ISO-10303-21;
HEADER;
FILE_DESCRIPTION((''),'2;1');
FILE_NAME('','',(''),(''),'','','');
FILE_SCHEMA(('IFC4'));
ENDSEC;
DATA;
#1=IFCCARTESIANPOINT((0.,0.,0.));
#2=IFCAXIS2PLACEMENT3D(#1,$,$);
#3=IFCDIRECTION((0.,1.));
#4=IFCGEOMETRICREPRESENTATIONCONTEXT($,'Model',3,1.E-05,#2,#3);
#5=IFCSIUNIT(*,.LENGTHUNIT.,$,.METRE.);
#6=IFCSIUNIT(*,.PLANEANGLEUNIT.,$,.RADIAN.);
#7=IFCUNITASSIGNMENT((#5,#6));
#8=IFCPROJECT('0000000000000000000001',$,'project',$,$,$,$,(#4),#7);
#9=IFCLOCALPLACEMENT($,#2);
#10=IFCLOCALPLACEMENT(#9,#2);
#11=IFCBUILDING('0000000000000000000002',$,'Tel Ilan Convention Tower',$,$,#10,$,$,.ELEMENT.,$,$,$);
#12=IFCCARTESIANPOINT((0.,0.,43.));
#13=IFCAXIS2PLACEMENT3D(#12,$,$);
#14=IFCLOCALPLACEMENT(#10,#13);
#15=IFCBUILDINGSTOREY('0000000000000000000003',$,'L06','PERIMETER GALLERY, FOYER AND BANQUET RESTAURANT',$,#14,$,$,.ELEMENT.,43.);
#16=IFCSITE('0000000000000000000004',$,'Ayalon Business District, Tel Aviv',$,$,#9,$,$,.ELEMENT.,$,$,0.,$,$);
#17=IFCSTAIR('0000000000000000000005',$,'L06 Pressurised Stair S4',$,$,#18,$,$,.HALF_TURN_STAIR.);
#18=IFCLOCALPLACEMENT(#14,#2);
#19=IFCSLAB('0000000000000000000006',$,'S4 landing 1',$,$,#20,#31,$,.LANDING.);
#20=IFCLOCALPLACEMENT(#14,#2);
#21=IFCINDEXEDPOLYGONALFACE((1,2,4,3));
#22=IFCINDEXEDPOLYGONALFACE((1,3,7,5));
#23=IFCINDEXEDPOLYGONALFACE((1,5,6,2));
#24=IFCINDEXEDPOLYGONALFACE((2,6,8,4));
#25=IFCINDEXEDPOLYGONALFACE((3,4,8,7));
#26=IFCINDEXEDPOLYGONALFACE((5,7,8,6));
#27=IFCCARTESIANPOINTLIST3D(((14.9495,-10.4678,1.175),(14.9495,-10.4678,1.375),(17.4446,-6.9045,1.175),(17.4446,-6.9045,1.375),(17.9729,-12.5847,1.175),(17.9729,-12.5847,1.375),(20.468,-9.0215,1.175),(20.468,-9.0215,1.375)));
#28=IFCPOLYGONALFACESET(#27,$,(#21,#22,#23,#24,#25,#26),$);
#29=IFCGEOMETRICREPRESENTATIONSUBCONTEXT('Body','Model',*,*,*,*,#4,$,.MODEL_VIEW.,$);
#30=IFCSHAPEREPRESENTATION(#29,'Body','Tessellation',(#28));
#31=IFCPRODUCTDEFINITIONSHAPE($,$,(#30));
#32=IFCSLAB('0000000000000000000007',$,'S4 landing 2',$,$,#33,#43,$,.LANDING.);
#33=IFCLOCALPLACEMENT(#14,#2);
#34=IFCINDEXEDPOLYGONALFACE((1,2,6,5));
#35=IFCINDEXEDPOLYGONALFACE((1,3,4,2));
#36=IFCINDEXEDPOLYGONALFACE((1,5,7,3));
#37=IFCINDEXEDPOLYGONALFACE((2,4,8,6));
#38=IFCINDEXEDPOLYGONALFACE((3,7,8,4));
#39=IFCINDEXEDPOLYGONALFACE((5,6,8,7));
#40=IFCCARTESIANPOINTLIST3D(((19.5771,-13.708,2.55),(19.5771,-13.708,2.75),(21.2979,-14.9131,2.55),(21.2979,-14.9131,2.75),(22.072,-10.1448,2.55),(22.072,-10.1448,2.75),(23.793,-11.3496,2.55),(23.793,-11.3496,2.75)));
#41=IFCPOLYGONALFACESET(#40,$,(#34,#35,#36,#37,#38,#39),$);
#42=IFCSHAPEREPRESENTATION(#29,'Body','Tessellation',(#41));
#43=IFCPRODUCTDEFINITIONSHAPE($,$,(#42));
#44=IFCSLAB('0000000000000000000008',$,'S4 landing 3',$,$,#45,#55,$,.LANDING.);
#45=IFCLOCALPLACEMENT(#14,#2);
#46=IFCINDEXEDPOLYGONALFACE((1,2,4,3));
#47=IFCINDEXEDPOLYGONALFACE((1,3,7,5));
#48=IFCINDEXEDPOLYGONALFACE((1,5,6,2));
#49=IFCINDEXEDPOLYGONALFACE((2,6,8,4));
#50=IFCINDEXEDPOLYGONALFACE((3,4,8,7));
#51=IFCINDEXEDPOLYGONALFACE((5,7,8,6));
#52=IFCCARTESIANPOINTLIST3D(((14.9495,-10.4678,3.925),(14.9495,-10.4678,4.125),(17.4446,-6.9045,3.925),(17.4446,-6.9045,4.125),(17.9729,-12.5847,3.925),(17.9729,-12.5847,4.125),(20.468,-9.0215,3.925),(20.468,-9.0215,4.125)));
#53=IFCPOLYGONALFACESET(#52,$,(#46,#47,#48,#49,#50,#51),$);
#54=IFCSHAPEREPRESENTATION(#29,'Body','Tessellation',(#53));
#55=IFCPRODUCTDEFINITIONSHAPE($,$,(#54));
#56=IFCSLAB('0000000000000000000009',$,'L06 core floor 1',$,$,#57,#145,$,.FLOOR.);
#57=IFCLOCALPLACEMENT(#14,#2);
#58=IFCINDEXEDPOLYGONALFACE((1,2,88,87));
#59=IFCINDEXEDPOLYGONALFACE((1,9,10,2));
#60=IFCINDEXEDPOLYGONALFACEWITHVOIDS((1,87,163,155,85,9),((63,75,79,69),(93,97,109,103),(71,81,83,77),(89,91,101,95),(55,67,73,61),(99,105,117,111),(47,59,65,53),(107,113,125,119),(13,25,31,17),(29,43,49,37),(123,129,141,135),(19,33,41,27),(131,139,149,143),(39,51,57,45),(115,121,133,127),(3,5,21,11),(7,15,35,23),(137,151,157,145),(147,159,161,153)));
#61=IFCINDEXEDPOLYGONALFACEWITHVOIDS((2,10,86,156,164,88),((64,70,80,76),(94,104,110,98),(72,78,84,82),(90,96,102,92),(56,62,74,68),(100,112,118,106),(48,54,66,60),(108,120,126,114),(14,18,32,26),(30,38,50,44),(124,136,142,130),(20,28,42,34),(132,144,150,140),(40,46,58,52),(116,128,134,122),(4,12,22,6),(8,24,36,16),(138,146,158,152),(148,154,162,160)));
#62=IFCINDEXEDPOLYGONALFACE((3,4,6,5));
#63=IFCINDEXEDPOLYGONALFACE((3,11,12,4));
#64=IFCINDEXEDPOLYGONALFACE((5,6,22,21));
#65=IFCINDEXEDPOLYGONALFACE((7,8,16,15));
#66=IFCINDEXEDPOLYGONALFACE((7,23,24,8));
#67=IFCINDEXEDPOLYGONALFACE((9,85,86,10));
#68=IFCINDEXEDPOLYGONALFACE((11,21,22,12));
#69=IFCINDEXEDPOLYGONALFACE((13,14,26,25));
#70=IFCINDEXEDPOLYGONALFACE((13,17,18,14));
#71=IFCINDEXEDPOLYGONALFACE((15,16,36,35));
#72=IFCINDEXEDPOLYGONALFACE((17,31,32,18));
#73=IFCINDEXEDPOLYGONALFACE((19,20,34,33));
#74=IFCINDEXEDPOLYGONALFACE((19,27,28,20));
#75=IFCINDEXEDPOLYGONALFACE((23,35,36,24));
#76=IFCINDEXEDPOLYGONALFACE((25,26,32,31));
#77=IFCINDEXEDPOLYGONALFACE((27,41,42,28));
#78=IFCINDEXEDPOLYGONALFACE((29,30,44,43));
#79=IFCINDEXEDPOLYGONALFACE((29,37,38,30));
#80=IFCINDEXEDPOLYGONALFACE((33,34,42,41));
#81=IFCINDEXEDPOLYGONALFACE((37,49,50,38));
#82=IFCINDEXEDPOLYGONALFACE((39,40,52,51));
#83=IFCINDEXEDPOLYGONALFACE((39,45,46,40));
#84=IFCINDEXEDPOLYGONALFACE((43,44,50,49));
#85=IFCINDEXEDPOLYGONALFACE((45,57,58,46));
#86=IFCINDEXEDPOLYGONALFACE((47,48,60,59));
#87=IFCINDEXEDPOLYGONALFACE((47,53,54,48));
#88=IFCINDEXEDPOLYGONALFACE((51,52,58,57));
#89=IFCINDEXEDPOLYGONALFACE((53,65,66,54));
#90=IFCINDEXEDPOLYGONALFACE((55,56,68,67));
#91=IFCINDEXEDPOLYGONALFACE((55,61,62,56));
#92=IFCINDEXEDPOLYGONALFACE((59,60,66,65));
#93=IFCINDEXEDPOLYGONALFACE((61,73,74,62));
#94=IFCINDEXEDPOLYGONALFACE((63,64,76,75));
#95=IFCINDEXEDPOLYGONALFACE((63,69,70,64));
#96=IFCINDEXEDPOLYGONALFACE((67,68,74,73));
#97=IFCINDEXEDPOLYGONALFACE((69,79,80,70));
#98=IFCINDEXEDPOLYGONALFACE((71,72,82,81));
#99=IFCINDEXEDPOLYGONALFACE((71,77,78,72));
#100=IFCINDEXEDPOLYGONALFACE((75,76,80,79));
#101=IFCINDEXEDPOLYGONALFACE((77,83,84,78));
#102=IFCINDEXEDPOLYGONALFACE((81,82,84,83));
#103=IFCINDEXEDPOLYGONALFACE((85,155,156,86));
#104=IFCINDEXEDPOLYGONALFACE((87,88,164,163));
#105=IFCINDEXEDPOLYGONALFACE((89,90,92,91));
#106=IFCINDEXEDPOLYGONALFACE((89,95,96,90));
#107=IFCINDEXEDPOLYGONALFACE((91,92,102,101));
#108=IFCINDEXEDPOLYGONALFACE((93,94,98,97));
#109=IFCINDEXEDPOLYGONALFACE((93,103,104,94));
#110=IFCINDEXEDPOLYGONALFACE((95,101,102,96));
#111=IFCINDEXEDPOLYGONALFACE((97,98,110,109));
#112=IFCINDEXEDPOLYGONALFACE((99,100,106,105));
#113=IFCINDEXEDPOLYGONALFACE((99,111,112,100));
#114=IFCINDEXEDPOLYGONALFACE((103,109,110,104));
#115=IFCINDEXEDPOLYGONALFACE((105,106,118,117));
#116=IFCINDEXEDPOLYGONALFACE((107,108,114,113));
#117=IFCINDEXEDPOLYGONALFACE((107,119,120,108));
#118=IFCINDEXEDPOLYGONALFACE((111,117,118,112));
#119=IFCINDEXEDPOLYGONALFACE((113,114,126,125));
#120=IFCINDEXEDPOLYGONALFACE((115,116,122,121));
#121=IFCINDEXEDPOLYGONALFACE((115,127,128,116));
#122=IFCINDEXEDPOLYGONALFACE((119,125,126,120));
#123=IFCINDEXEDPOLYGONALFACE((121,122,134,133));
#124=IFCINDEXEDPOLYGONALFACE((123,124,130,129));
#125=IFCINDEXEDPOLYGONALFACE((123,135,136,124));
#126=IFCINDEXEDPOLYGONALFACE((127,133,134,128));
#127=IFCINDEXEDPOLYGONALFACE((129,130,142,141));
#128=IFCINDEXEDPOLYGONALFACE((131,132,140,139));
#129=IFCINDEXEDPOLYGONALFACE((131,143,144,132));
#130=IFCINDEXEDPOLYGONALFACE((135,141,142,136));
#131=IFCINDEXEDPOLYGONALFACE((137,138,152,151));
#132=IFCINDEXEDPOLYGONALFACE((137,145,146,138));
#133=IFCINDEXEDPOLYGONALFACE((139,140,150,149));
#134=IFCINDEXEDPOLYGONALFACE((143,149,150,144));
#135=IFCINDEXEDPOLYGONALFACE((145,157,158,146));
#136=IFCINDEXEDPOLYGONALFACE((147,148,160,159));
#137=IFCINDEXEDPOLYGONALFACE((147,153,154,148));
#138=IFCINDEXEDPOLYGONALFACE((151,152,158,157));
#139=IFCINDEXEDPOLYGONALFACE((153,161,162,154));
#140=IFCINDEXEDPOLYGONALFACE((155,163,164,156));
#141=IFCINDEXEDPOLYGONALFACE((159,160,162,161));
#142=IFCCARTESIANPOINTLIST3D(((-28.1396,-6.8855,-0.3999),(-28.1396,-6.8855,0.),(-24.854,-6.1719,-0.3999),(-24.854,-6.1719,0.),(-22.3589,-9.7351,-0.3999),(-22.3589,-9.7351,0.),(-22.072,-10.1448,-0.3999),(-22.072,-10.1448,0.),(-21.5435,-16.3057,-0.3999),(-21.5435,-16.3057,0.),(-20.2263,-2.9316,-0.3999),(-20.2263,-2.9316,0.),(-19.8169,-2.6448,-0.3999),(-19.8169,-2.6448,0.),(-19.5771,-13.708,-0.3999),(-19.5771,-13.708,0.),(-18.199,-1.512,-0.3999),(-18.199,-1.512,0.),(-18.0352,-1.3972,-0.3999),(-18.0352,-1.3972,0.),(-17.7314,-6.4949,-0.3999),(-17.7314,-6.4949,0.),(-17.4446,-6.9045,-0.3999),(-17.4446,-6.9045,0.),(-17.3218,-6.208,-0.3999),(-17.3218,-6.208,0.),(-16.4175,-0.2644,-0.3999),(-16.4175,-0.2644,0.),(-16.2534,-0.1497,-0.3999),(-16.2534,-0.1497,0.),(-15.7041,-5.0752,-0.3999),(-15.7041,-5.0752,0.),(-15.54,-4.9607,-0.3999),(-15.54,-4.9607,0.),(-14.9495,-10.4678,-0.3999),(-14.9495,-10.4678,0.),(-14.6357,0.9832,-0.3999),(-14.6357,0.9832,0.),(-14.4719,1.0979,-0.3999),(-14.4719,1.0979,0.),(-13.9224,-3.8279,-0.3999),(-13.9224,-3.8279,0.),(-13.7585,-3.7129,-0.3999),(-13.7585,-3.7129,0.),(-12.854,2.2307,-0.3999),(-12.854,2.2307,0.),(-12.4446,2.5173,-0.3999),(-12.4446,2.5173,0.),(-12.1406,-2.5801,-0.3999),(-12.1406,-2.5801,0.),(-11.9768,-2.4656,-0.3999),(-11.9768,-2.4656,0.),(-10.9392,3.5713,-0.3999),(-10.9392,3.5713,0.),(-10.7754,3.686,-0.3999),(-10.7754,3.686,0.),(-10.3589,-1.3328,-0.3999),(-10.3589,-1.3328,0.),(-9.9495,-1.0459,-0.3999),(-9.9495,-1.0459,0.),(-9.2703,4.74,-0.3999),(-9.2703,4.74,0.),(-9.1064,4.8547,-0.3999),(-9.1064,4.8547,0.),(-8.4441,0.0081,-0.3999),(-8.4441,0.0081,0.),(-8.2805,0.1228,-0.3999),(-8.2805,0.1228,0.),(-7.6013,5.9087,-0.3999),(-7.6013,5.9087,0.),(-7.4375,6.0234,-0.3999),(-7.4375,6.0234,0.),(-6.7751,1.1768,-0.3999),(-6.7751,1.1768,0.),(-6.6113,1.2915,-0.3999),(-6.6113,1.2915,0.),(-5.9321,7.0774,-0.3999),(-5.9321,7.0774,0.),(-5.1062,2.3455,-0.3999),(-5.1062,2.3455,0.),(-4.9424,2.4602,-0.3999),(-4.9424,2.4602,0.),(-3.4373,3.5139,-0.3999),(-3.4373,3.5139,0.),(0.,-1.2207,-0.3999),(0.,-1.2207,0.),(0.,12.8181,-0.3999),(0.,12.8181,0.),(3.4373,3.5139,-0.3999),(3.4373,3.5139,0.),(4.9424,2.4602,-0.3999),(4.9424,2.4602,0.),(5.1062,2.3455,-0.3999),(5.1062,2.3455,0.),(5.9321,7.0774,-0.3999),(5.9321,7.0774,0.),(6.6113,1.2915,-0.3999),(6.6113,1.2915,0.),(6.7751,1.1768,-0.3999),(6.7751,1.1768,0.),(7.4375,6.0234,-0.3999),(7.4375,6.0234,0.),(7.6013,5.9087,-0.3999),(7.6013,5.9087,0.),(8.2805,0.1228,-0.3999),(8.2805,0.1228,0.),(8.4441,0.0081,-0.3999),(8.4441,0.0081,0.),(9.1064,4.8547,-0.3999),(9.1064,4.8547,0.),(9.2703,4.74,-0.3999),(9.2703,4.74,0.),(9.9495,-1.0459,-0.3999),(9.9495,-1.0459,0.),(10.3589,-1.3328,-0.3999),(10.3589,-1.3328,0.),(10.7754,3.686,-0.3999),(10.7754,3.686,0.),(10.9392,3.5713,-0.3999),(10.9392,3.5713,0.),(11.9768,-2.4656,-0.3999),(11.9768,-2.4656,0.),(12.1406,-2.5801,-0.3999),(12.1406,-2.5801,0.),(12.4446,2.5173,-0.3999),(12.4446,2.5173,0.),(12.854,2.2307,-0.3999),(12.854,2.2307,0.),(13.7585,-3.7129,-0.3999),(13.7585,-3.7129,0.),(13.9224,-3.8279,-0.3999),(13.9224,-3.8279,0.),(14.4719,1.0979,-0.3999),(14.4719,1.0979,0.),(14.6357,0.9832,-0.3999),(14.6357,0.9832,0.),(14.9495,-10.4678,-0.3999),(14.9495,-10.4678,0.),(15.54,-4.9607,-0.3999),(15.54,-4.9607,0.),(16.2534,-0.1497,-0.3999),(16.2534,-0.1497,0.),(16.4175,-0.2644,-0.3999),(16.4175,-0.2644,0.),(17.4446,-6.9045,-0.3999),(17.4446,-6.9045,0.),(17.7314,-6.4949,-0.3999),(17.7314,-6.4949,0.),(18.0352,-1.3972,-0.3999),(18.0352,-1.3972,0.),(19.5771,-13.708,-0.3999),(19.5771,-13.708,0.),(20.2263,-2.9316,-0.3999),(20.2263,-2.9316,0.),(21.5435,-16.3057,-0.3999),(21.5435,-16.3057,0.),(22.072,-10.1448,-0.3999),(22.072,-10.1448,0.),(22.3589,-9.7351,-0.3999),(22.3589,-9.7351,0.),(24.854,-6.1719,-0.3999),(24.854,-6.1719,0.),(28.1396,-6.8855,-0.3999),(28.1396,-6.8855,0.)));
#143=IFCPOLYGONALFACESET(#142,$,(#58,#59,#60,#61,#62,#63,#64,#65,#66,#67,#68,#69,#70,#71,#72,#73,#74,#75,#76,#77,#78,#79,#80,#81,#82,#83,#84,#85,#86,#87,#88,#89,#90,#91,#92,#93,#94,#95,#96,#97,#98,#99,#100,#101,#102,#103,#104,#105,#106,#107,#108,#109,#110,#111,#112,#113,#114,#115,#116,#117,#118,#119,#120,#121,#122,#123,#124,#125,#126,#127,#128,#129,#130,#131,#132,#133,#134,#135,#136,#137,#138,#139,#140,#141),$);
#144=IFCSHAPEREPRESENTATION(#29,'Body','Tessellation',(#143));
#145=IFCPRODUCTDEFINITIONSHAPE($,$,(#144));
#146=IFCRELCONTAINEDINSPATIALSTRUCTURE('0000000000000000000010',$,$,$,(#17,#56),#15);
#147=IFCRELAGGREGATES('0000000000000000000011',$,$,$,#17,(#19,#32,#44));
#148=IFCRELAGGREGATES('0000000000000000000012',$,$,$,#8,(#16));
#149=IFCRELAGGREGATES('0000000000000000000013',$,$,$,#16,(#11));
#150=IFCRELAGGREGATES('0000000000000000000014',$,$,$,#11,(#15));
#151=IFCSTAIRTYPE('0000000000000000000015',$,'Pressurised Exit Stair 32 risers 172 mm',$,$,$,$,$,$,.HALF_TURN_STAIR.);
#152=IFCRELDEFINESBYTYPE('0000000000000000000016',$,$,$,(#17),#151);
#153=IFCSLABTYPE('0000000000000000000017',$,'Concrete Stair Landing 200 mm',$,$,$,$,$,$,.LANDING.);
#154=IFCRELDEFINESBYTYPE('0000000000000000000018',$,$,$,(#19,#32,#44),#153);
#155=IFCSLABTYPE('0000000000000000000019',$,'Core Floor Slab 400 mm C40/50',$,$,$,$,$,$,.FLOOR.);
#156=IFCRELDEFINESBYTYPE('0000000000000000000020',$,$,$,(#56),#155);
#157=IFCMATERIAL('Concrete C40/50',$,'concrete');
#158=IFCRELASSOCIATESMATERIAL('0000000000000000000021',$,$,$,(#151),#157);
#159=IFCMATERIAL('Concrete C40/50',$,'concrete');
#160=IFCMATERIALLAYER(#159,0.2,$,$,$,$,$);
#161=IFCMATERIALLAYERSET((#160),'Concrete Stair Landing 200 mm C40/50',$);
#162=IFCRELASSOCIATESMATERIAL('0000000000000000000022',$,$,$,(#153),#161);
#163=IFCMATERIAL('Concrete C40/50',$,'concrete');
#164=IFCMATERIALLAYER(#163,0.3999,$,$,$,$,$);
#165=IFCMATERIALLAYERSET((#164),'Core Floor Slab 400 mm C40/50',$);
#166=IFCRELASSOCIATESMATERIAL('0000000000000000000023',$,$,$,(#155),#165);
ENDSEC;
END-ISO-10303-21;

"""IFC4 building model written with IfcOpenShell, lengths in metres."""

from ifc_helpers import new_model, si_unit, direction, frame, origin, place, context, subcontext, project, spatial, polyline, outline, extrude, material, layer, layer_set, type_object, element, aggregate, save


model = new_model("IFC4")

# Units and contexts
model_context = context("Model", 3, precision=1e-05, world=origin(), true_north=direction((0.0, 1.0)))
body_context = subcontext(model_context, "Body", "Model", "MODEL_VIEW")
ifc_project = project(units=[si_unit("LENGTHUNIT", "METRE"), si_unit("PLANEANGLEUNIT", "RADIAN")], contexts=[model_context])

# Site, building, storey
site_placement = place(None, origin())
site = spatial("IfcSite", under=ifc_project, at=site_placement, Name="Ayalon Business District, Tel Aviv", CompositionType="ELEMENT", RefElevation=0.0)
building_placement = place(site_placement, origin())
building = spatial("IfcBuilding", under=site, at=building_placement, Name="Tel Ilan Convention Tower", CompositionType="ELEMENT")
storey_placement = place(building_placement, frame((0.0, 0.0, 43.0)))
storey = spatial("IfcBuildingStorey", under=building, at=storey_placement, Name="L06", Description="PERIMETER GALLERY, FOYER AND BANQUET RESTAURANT", CompositionType="ELEMENT", Elevation=43.0)

# Stair, slabs
ifc_material_1 = material(Name="Concrete C40/50", Category="concrete")
stair_type = type_object("IfcStairType", Name="Pressurised Exit Stair 32 risers 172 mm", PredefinedType="HALF_TURN_STAIR", material=ifc_material_1)
stair_placement = place(storey_placement, origin())
stair = element("IfcStair", 1, at=stair_placement, inside=storey, type_object=stair_type, Name="L06 Pressurised Stair S4", PredefinedType="HALF_TURN_STAIR")
ifc_material_2 = material(Name="Concrete C40/50", Category="concrete")
ifc_layer_1 = layer(ifc_material_2, 0.2)
ifc_layer_set_1 = layer_set([ifc_layer_1], Name="Concrete Stair Landing 200 mm C40/50")
slab_type_1 = type_object("IfcSlabType", Name="Concrete Stair Landing 200 mm", PredefinedType="LANDING", material=ifc_layer_set_1)
slab_1_placement = place(storey_placement, frame((0.0, 0.0, 1.175)))
slab_1 = element("IfcSlab", 2, at=slab_1_placement, type_object=slab_type_1, Name="S4 landing 1", PredefinedType="LANDING", context=body_context, shape_type="SweptSolid", body=[
    extrude(outline(polyline([(20.468, -9.0215), (17.4446, -6.9045), (14.9495, -10.4678), (17.9729, -12.5847), (20.468, -9.0215)])), origin(), (0.0, 0.0, 1.0), 0.2),
])
slab_2_placement = place(storey_placement, frame((0.0, 0.0, 2.55)))
slab_2 = element("IfcSlab", 3, at=slab_2_placement, type_object=slab_type_1, Name="S4 landing 2", PredefinedType="LANDING", context=body_context, shape_type="SweptSolid", body=[
    extrude(outline(polyline([(23.793, -11.3496), (22.072, -10.1448), (19.5771, -13.708), (21.2979, -14.9131), (23.793, -11.3496)])), origin(), (0.0, 0.0, 1.0), 0.2),
])
slab_3_placement = place(storey_placement, frame((0.0, 0.0, 3.925)))
slab_3 = element("IfcSlab", 4, at=slab_3_placement, type_object=slab_type_1, Name="S4 landing 3", PredefinedType="LANDING", context=body_context, shape_type="SweptSolid", body=[
    extrude(outline(polyline([(20.468, -9.0215), (17.4446, -6.9045), (14.9495, -10.4678), (17.9729, -12.5847), (20.468, -9.0215)])), origin(), (0.0, 0.0, 1.0), 0.2),
])
aggregate(stair, [slab_1, slab_2, slab_3])

# Slab
ifc_material_3 = material(Name="Concrete C40/50", Category="concrete")
ifc_layer_2 = layer(ifc_material_3, 0.3999)
ifc_layer_set_2 = layer_set([ifc_layer_2], Name="Core Floor Slab 400 mm C40/50")
slab_type_2 = type_object("IfcSlabType", Name="Core Floor Slab 400 mm C40/50", PredefinedType="FLOOR", material=ifc_layer_set_2)
slab_4_placement = place(storey_placement, frame((0.0, 0.0, -0.3999)))
element("IfcSlab", 5, at=slab_4_placement, inside=storey, type_object=slab_type_2, Name="L06 core floor 1", PredefinedType="FLOOR", context=body_context, shape_type="SweptSolid", body=[
    extrude(outline(polyline([(-28.1396, -6.8855), (0.0, 12.8181), (28.1396, -6.8855), (21.5435, -16.3057), (0.0, -1.2207), (-21.5435, -16.3057), (-28.1396, -6.8855)]), holes=[polyline([(-19.5771, -13.708), (-14.9495, -10.4678), (-17.4446, -6.9045), (-22.072, -10.1448), (-19.5771, -13.708)]), polyline([(-22.3589, -9.7351), (-17.7314, -6.4949), (-20.2263, -2.9316), (-24.854, -6.1719), (-22.3589, -9.7351)]), polyline([(-15.7041, -5.0752), (-18.199, -1.512), (-19.8169, -2.6448), (-17.3218, -6.208), (-15.7041, -5.0752)]), polyline([(-13.9224, -3.8279), (-16.4175, -0.2644), (-18.0352, -1.3972), (-15.54, -4.9607), (-13.9224, -3.8279)]), polyline([(-12.1406, -2.5801), (-14.6357, 0.9832), (-16.2534, -0.1497), (-13.7585, -3.7129), (-12.1406, -2.5801)]), polyline([(-10.3589, -1.3328), (-12.854, 2.2307), (-14.4719, 1.0979), (-11.9768, -2.4656), (-10.3589, -1.3328)]), polyline([(-8.4441, 0.0081), (-10.9392, 3.5713), (-12.4446, 2.5173), (-9.9495, -1.0459), (-8.4441, 0.0081)]), polyline([(-6.7751, 1.1768), (-9.2703, 4.74), (-10.7754, 3.686), (-8.2805, 0.1228), (-6.7751, 1.1768)]), polyline([(-5.1062, 2.3455), (-7.6013, 5.9087), (-9.1064, 4.8547), (-6.6113, 1.2915), (-5.1062, 2.3455)]), polyline([(-3.4373, 3.5139), (-5.9321, 7.0774), (-7.4375, 6.0234), (-4.9424, 2.4602), (-3.4373, 3.5139)]), polyline([(22.072, -10.1448), (17.4446, -6.9045), (14.9495, -10.4678), (19.5771, -13.708), (22.072, -10.1448)]), polyline([(24.854, -6.1719), (20.2263, -2.9316), (17.7314, -6.4949), (22.3589, -9.7351), (24.854, -6.1719)]), polyline([(13.9224, -3.8279), (15.54, -4.9607), (18.0352, -1.3972), (16.4175, -0.2644), (13.9224, -3.8279)]), polyline([(12.1406, -2.5801), (13.7585, -3.7129), (16.2534, -0.1497), (14.6357, 0.9832), (12.1406, -2.5801)]), polyline([(10.3589, -1.3328), (11.9768, -2.4656), (14.4719, 1.0979), (12.854, 2.2307), (10.3589, -1.3328)]), polyline([(8.4441, 0.0081), (9.9495, -1.0459), (12.4446, 2.5173), (10.9392, 3.5713), (8.4441, 0.0081)]), polyline([(6.7751, 1.1768), (8.2805, 0.1228), (10.7754, 3.686), (9.2703, 4.74), (6.7751, 1.1768)]), polyline([(5.1062, 2.3455), (6.6113, 1.2915), (9.1064, 4.8547), (7.6013, 5.9087), (5.1062, 2.3455)]), polyline([(3.4373, 3.5139), (4.9424, 2.4602), (7.4375, 6.0234), (5.9321, 7.0774), (3.4373, 3.5139)])]), origin(), (0.0, 0.0, 1.0), 0.3999),
])

save(model, "model.ifc")
